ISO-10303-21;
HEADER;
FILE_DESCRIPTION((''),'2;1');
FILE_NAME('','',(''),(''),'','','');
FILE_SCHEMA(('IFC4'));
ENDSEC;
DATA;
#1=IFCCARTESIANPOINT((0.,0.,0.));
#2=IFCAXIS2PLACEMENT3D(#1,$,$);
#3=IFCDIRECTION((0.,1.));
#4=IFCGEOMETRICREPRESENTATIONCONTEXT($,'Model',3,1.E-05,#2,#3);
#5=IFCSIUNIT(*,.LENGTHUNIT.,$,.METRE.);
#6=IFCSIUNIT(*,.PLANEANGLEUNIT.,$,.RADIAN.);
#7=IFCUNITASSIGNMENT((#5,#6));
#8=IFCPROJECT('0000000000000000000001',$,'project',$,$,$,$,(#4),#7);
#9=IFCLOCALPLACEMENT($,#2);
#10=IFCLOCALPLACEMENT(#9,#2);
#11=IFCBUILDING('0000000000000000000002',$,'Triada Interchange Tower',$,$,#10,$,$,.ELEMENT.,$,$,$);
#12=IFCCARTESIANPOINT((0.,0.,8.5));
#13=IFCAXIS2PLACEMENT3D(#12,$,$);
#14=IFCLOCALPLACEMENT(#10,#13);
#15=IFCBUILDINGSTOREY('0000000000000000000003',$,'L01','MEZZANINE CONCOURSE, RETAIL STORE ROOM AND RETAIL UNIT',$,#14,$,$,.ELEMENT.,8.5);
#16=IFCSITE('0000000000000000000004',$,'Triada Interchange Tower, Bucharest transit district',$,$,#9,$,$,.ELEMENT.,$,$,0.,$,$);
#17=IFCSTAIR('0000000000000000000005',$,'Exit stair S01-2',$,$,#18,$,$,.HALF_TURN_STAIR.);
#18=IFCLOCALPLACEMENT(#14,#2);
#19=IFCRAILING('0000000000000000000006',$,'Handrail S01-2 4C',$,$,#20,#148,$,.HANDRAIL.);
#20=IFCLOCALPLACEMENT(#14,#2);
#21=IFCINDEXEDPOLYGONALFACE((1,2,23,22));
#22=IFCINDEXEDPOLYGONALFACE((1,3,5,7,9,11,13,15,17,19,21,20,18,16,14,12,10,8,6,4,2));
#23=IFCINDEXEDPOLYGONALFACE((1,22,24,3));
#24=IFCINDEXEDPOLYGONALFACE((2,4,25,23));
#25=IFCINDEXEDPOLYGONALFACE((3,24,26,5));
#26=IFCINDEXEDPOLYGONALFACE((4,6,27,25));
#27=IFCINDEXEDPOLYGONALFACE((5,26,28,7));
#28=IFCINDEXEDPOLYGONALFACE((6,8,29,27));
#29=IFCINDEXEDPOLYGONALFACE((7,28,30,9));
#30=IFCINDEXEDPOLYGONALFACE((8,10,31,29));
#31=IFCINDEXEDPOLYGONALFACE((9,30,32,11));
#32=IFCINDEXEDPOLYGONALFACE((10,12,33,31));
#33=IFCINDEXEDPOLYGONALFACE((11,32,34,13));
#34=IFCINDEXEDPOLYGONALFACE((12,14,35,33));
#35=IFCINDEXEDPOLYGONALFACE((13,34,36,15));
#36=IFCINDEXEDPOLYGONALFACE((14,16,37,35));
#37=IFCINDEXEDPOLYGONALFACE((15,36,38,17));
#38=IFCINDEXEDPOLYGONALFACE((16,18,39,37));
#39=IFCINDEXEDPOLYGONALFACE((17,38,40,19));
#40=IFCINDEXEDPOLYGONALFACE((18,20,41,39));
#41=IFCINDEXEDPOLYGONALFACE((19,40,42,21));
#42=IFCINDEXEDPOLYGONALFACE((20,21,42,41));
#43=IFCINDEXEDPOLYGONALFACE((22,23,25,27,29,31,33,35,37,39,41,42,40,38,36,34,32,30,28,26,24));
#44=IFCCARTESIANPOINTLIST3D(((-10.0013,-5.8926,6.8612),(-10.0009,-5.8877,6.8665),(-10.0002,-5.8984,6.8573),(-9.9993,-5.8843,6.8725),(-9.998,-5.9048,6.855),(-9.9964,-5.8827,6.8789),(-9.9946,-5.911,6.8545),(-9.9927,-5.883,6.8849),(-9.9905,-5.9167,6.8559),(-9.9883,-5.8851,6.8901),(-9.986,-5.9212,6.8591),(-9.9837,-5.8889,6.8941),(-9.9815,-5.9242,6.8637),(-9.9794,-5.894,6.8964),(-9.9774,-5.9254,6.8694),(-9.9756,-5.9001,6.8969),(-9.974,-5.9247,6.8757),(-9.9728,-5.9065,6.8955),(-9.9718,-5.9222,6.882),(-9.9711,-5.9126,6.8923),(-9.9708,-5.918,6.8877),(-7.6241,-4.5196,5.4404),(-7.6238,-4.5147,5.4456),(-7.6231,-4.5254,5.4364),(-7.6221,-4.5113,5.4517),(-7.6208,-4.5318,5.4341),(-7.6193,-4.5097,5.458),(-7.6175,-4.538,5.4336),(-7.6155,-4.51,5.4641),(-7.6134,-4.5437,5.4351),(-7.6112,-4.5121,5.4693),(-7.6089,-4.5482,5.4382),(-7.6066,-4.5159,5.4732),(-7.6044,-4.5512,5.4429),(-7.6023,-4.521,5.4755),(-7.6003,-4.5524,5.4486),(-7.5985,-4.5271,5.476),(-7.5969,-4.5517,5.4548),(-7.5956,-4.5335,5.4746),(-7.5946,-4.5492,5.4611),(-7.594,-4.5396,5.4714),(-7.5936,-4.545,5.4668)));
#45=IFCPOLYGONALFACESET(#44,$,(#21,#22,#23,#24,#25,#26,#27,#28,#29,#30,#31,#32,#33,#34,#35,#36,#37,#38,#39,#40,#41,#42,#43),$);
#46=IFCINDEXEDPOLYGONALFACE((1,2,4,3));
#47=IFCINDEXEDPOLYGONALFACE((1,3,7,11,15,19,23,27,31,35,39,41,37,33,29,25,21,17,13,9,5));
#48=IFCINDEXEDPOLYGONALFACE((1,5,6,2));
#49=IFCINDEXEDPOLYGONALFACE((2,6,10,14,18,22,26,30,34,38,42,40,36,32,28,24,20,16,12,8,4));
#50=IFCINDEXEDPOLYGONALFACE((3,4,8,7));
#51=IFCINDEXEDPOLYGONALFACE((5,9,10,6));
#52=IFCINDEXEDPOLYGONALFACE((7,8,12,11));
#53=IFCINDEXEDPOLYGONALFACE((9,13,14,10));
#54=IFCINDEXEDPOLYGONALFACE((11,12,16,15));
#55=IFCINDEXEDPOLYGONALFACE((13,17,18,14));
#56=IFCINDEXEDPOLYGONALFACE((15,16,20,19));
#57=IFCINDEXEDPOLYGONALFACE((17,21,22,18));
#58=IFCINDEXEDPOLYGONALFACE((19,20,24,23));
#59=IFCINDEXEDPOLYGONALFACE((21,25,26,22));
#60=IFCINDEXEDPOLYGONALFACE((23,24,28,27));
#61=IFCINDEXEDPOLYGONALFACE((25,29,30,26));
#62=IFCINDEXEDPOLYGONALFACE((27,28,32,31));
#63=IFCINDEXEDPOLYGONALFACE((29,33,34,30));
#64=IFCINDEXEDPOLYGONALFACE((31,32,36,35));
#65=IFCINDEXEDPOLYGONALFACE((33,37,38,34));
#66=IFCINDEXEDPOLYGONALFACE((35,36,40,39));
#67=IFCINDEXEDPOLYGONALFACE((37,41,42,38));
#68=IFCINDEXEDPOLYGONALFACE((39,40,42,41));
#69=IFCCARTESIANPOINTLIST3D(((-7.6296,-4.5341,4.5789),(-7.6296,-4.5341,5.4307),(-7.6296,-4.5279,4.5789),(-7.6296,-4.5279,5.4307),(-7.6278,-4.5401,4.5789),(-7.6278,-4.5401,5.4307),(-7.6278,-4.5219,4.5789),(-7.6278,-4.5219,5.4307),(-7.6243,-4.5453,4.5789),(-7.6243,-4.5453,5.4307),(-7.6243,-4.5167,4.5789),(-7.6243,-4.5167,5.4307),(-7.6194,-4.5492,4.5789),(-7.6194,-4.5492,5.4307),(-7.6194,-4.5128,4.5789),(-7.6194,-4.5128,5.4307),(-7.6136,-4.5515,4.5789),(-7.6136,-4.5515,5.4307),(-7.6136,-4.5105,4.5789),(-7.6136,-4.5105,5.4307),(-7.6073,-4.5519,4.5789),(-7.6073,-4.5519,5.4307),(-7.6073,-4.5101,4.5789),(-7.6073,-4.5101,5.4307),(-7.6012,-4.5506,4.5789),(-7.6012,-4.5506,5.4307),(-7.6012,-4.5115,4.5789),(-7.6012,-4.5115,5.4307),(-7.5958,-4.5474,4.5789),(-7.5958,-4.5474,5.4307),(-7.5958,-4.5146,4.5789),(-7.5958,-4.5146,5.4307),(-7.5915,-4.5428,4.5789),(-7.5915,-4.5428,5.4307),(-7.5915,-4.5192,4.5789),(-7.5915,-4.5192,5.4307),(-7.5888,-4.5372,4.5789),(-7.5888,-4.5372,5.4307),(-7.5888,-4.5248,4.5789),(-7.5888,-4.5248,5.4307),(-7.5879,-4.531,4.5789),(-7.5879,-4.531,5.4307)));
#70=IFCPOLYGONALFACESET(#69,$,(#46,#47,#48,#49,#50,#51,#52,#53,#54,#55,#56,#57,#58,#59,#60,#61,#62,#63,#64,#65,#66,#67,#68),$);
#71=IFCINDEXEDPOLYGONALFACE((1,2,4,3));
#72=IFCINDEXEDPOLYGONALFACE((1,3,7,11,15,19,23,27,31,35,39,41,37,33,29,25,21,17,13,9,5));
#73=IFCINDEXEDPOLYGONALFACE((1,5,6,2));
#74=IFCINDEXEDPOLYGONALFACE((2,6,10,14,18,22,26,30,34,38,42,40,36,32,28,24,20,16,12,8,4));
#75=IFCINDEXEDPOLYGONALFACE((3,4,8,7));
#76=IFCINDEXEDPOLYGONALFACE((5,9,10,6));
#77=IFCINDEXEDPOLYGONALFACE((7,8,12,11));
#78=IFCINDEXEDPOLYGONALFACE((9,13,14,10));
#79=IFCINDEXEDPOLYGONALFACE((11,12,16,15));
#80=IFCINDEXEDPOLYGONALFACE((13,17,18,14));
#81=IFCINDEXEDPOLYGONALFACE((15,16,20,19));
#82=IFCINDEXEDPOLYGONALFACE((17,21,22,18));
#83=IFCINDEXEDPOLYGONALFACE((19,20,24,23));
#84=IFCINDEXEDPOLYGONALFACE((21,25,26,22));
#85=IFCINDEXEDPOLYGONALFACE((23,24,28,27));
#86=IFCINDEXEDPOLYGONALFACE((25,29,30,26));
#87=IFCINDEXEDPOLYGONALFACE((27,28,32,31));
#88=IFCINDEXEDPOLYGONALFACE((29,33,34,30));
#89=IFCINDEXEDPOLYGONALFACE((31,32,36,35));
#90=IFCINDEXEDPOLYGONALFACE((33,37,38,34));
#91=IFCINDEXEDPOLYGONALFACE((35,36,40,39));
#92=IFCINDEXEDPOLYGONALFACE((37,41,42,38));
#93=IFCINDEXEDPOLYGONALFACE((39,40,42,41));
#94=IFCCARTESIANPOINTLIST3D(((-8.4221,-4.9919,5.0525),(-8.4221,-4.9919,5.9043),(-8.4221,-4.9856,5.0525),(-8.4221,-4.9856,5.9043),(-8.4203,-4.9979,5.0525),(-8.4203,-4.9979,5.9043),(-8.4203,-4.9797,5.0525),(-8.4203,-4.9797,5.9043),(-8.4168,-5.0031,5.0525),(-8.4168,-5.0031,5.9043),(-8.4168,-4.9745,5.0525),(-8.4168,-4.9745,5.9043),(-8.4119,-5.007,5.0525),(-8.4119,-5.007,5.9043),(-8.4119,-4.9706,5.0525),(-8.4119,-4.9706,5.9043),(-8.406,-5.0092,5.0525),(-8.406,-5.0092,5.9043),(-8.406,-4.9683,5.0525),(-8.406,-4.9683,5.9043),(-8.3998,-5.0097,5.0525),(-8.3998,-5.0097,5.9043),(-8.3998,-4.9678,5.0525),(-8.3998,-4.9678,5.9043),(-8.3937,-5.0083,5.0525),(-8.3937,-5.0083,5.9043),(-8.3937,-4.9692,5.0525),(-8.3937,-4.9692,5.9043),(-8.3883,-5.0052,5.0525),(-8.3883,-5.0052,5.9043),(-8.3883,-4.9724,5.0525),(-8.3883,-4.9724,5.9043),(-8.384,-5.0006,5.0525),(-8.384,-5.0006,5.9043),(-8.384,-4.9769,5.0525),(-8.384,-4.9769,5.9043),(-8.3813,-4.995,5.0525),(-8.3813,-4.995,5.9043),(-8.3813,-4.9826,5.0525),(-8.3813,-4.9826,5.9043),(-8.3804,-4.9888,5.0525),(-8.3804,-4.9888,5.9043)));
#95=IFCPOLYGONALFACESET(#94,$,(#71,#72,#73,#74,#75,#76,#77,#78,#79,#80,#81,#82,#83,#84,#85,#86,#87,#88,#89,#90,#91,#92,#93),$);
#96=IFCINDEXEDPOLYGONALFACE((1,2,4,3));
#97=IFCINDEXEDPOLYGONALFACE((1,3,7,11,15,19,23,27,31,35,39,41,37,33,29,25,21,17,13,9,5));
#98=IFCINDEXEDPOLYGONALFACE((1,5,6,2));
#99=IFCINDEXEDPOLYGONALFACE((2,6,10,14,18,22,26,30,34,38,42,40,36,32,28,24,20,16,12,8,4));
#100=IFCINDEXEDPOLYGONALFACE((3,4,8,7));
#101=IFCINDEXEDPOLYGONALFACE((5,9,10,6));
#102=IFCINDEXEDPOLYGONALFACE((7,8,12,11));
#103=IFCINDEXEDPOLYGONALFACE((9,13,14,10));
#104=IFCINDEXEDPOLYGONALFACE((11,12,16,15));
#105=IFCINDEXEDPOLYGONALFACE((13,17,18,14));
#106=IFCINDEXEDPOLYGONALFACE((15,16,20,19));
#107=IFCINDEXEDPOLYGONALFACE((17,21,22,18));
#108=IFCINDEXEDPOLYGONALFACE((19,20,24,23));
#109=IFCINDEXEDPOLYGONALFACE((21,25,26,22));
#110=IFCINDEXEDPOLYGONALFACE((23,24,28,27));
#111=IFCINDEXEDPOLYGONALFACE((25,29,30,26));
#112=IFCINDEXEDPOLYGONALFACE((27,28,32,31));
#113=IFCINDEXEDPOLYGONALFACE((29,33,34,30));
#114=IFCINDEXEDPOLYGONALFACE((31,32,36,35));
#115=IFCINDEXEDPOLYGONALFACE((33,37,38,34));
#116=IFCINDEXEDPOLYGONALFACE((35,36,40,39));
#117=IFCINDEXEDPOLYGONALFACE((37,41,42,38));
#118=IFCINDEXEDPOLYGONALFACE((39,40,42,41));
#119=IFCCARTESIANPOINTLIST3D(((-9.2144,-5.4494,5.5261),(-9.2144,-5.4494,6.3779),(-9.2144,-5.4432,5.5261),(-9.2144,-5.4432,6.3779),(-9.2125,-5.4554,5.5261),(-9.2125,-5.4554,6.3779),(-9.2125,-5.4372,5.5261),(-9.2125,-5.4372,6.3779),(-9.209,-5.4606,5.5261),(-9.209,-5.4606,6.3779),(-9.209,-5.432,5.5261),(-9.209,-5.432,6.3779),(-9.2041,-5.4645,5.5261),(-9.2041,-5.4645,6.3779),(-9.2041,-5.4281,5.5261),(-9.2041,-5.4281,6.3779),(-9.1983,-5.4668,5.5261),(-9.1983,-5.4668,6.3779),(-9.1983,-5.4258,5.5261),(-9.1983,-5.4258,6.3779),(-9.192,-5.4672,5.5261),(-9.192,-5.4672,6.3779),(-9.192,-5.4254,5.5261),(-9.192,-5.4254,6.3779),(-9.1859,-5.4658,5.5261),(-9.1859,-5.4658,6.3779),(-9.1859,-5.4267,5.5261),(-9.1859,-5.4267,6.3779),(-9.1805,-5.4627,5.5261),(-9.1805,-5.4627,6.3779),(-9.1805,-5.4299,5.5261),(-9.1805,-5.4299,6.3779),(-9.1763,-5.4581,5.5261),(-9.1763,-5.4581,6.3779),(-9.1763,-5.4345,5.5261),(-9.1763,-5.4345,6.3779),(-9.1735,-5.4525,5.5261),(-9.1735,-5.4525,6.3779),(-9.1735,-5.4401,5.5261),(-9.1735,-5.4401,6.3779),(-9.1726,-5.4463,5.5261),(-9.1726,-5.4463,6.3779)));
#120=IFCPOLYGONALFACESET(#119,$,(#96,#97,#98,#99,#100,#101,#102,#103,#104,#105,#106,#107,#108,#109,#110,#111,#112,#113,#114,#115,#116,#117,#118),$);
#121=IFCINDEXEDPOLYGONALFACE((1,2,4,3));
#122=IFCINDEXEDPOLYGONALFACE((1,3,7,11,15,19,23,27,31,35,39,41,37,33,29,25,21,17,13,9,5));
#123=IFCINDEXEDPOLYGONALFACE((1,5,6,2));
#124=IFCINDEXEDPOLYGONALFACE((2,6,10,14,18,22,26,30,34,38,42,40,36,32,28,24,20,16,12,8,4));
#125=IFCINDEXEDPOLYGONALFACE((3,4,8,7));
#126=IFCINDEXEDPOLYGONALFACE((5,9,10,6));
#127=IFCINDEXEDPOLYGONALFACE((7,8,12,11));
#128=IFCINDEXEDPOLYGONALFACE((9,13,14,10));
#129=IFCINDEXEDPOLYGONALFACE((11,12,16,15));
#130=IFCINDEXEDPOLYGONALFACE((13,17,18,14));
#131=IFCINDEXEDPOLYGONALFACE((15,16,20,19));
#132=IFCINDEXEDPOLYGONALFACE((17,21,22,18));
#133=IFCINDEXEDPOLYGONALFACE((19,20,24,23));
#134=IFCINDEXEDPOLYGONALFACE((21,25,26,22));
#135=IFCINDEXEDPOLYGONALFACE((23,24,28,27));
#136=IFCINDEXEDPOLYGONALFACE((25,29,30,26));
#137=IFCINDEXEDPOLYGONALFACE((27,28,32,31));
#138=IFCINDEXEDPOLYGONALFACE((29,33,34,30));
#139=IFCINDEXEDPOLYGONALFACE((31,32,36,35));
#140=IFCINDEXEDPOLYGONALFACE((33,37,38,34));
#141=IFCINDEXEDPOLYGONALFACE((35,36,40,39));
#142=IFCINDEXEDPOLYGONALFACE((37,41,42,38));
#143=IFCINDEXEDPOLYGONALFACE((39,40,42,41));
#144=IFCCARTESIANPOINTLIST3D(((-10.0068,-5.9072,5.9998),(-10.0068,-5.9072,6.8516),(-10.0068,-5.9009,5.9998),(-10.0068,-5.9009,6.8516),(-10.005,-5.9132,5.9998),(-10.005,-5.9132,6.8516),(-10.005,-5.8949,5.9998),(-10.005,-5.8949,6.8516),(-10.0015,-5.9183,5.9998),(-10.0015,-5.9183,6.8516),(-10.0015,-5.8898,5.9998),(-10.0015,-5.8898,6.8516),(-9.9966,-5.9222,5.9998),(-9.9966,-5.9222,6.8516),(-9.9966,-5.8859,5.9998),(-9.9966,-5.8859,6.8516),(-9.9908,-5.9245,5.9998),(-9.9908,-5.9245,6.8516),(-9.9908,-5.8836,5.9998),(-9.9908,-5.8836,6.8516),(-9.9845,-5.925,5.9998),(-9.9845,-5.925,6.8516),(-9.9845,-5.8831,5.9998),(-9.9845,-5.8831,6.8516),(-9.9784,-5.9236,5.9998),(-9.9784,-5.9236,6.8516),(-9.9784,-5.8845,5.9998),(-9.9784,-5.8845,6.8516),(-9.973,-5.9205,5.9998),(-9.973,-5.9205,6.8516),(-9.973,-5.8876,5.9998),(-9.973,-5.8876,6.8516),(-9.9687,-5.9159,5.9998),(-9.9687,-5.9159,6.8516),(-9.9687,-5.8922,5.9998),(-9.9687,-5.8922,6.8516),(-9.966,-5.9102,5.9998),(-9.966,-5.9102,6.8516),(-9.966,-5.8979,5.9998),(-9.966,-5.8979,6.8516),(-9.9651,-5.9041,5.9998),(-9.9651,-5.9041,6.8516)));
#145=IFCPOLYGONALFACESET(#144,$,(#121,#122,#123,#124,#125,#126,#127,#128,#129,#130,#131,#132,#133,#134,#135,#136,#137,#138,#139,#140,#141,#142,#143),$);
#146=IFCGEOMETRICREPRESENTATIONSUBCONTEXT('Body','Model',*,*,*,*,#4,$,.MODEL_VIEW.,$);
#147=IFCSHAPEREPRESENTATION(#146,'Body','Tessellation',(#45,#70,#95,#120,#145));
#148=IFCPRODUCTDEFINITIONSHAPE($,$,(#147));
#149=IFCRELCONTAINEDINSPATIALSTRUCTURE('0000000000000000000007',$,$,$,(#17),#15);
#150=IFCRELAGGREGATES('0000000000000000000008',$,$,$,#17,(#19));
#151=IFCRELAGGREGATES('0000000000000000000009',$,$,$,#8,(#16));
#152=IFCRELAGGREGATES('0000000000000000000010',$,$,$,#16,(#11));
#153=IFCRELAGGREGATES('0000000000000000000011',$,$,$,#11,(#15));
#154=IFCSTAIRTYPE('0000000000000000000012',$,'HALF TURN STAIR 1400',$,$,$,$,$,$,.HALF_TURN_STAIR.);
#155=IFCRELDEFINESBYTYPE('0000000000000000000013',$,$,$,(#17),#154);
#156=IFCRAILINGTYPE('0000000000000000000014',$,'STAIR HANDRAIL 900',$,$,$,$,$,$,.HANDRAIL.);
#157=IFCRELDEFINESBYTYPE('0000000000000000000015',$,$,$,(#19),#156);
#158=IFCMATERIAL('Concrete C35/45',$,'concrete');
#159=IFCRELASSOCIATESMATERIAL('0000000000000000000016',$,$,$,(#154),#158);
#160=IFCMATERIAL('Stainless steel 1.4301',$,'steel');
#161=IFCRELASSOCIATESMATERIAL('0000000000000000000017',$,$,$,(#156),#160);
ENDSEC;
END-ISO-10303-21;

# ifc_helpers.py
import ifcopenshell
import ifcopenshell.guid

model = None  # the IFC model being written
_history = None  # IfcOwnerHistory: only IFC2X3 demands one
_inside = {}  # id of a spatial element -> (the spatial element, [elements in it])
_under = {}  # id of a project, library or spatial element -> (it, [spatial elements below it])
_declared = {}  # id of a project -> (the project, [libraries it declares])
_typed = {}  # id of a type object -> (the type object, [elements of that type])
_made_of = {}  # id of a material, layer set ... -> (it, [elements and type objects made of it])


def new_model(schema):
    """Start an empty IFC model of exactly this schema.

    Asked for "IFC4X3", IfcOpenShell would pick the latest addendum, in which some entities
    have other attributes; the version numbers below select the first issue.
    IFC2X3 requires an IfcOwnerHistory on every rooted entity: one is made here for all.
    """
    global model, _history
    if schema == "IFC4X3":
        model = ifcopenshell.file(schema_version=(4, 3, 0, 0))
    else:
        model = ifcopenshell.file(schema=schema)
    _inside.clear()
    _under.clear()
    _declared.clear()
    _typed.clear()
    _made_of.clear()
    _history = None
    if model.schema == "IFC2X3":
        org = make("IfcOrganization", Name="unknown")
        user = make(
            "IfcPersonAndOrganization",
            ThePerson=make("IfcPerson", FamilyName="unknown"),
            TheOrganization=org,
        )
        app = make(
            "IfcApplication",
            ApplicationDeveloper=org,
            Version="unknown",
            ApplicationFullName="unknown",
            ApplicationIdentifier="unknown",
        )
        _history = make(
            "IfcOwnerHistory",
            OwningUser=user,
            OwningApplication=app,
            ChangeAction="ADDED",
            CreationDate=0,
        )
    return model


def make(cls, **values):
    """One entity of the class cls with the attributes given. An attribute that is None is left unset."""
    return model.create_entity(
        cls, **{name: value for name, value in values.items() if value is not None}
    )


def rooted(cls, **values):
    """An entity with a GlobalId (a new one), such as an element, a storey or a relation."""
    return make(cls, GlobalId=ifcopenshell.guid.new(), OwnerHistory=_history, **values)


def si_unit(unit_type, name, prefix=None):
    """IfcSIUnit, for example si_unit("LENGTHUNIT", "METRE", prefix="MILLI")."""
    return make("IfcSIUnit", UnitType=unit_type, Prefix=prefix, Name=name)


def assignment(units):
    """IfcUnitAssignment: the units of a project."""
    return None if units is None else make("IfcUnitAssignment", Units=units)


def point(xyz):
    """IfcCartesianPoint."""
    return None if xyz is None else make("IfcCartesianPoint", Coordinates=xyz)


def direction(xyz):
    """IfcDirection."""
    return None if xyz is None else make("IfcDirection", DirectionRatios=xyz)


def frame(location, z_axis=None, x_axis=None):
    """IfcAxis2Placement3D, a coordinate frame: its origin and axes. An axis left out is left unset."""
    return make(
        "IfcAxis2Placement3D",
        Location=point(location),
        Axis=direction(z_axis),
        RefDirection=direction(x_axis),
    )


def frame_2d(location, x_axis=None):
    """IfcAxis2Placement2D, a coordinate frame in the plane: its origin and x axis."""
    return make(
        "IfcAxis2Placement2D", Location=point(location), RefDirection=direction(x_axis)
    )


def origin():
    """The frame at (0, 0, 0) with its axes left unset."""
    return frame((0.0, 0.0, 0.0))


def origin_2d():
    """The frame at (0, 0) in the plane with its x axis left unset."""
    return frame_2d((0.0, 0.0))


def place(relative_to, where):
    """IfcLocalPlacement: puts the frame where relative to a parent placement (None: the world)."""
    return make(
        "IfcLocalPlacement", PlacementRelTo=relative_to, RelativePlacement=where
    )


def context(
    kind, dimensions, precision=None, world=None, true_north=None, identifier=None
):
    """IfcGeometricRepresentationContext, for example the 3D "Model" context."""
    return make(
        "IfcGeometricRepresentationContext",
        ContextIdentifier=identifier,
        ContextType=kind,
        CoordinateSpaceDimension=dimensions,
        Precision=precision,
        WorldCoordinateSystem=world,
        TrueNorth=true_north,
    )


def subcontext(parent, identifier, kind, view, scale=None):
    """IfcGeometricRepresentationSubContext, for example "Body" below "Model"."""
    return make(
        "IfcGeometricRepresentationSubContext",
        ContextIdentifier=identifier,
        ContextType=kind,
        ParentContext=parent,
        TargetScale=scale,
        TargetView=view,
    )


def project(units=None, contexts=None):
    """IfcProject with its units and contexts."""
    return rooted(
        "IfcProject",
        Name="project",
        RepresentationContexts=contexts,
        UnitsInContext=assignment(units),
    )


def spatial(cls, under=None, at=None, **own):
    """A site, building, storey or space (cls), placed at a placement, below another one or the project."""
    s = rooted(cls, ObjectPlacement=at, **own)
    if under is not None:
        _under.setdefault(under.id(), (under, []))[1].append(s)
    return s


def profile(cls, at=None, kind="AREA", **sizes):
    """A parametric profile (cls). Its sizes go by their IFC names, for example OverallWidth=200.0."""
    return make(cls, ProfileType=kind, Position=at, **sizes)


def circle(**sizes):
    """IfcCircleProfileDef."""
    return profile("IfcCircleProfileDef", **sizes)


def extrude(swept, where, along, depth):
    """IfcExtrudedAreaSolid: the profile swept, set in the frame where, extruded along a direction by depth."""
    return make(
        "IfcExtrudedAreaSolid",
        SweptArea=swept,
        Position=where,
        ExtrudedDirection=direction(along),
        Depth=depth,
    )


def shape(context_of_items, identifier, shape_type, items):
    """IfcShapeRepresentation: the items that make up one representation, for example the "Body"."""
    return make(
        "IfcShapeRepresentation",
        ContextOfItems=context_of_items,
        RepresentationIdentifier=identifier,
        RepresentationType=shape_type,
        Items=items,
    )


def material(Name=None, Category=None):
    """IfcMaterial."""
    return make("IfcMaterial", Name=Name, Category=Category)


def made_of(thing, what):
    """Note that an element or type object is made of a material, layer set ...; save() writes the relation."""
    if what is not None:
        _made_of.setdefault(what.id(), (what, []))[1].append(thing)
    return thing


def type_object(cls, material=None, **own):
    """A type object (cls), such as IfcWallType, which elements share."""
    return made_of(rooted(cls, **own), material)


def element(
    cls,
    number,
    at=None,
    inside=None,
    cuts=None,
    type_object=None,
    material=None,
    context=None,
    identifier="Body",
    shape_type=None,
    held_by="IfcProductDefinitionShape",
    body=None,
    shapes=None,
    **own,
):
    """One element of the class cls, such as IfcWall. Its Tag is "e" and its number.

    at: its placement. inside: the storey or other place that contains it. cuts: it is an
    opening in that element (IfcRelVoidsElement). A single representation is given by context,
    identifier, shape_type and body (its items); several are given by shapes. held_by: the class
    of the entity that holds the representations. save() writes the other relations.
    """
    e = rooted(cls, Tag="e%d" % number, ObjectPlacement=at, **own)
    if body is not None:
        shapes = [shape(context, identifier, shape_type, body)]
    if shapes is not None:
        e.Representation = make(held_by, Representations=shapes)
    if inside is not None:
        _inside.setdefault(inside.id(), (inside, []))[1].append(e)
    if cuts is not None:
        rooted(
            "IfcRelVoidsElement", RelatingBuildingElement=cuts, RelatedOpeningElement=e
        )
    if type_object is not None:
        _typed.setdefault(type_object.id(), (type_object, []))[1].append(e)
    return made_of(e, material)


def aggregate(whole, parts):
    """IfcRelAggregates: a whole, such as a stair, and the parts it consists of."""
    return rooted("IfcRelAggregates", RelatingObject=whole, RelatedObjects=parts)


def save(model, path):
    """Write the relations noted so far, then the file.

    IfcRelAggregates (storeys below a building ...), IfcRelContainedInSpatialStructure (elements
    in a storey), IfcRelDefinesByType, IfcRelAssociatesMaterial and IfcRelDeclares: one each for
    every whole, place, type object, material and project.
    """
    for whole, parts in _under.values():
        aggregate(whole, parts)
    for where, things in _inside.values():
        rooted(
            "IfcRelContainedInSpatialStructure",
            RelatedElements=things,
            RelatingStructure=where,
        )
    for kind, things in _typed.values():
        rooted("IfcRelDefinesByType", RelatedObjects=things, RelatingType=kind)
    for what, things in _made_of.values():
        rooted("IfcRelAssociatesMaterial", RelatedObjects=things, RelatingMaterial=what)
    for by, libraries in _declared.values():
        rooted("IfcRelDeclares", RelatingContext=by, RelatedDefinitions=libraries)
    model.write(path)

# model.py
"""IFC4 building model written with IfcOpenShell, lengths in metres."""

from ifc_helpers import new_model, si_unit, direction, frame, origin, origin_2d, place, context, subcontext, project, spatial, circle, extrude, material, type_object, element, aggregate, save


model = new_model("IFC4")

# Units and contexts
model_context = context("Model", 3, precision=1e-05, world=origin(), true_north=direction((0.0, 1.0)))
body_context = subcontext(model_context, "Body", "Model", "MODEL_VIEW")
ifc_project = project(units=[si_unit("LENGTHUNIT", "METRE"), si_unit("PLANEANGLEUNIT", "RADIAN")], contexts=[model_context])

# Site, building, storey
site_placement = place(None, origin())
site = spatial("IfcSite", under=ifc_project, at=site_placement, Name="Triada Interchange Tower, Bucharest transit district", CompositionType="ELEMENT", RefElevation=0.0)
building_placement = place(site_placement, origin())
building = spatial("IfcBuilding", under=site, at=building_placement, Name="Triada Interchange Tower", CompositionType="ELEMENT")
storey_placement = place(building_placement, frame((0.0, 0.0, 8.5)))
storey = spatial("IfcBuildingStorey", under=building, at=storey_placement, Name="L01", Description="MEZZANINE CONCOURSE, RETAIL STORE ROOM AND RETAIL UNIT", CompositionType="ELEMENT", Elevation=8.5)

# Shared definitions
ifc_material_1 = material(Name="Concrete C35/45", Category="concrete")
stair_type = type_object("IfcStairType", Name="HALF TURN STAIR 1400", PredefinedType="HALF_TURN_STAIR", material=ifc_material_1)

# Stair
stair_1_placement = place(storey_placement, origin())
stair_1 = element("IfcStair", 1, at=stair_1_placement, inside=storey, type_object=stair_type, Name="Exit stair S01-2", PredefinedType="HALF_TURN_STAIR")

# Railing
ifc_material_2 = material(Name="Stainless steel 1.4301", Category="steel")
railing_type = type_object("IfcRailingType", Name="STAIR HANDRAIL 900", PredefinedType="HANDRAIL", material=ifc_material_2)
railing_1_placement = place(storey_placement, frame((-7.6089, -4.531, 4.5789)))
railing_1 = element("IfcRailing", 2, at=railing_1_placement, type_object=railing_type, Name="Handrail S01-2 4C", PredefinedType="HANDRAIL", context=body_context, shape_type="SweptSolid", body=[
    extrude(circle(Radius=0.0239, at=origin_2d()), frame((0.0, 0.0, 0.876), z_axis=(-0.769031, -0.444185, 0.459665), x_axis=(0.500156, -0.865935, 0.0)), (0.0, 0.0, 1.0), 3.0911),
    extrude(circle(Radius=0.021, at=origin_2d()), origin(), (0.0, 0.0, 1.0), 0.8518),
    extrude(circle(Radius=0.021, at=origin_2d()), frame((-0.7925, -0.4578, 0.4736)), (0.0, 0.0, 1.0), 0.8518),
    extrude(circle(Radius=0.021, at=origin_2d()), frame((-1.5847, -0.9153, 0.9473)), (0.0, 0.0, 1.0), 0.8518),
    extrude(circle(Radius=0.021, at=origin_2d()), frame((-2.3772, -1.373, 1.4209)), (0.0, 0.0, 1.0), 0.8518),
])
aggregate(stair_1, [railing_1])

save(model, "model.ifc")
